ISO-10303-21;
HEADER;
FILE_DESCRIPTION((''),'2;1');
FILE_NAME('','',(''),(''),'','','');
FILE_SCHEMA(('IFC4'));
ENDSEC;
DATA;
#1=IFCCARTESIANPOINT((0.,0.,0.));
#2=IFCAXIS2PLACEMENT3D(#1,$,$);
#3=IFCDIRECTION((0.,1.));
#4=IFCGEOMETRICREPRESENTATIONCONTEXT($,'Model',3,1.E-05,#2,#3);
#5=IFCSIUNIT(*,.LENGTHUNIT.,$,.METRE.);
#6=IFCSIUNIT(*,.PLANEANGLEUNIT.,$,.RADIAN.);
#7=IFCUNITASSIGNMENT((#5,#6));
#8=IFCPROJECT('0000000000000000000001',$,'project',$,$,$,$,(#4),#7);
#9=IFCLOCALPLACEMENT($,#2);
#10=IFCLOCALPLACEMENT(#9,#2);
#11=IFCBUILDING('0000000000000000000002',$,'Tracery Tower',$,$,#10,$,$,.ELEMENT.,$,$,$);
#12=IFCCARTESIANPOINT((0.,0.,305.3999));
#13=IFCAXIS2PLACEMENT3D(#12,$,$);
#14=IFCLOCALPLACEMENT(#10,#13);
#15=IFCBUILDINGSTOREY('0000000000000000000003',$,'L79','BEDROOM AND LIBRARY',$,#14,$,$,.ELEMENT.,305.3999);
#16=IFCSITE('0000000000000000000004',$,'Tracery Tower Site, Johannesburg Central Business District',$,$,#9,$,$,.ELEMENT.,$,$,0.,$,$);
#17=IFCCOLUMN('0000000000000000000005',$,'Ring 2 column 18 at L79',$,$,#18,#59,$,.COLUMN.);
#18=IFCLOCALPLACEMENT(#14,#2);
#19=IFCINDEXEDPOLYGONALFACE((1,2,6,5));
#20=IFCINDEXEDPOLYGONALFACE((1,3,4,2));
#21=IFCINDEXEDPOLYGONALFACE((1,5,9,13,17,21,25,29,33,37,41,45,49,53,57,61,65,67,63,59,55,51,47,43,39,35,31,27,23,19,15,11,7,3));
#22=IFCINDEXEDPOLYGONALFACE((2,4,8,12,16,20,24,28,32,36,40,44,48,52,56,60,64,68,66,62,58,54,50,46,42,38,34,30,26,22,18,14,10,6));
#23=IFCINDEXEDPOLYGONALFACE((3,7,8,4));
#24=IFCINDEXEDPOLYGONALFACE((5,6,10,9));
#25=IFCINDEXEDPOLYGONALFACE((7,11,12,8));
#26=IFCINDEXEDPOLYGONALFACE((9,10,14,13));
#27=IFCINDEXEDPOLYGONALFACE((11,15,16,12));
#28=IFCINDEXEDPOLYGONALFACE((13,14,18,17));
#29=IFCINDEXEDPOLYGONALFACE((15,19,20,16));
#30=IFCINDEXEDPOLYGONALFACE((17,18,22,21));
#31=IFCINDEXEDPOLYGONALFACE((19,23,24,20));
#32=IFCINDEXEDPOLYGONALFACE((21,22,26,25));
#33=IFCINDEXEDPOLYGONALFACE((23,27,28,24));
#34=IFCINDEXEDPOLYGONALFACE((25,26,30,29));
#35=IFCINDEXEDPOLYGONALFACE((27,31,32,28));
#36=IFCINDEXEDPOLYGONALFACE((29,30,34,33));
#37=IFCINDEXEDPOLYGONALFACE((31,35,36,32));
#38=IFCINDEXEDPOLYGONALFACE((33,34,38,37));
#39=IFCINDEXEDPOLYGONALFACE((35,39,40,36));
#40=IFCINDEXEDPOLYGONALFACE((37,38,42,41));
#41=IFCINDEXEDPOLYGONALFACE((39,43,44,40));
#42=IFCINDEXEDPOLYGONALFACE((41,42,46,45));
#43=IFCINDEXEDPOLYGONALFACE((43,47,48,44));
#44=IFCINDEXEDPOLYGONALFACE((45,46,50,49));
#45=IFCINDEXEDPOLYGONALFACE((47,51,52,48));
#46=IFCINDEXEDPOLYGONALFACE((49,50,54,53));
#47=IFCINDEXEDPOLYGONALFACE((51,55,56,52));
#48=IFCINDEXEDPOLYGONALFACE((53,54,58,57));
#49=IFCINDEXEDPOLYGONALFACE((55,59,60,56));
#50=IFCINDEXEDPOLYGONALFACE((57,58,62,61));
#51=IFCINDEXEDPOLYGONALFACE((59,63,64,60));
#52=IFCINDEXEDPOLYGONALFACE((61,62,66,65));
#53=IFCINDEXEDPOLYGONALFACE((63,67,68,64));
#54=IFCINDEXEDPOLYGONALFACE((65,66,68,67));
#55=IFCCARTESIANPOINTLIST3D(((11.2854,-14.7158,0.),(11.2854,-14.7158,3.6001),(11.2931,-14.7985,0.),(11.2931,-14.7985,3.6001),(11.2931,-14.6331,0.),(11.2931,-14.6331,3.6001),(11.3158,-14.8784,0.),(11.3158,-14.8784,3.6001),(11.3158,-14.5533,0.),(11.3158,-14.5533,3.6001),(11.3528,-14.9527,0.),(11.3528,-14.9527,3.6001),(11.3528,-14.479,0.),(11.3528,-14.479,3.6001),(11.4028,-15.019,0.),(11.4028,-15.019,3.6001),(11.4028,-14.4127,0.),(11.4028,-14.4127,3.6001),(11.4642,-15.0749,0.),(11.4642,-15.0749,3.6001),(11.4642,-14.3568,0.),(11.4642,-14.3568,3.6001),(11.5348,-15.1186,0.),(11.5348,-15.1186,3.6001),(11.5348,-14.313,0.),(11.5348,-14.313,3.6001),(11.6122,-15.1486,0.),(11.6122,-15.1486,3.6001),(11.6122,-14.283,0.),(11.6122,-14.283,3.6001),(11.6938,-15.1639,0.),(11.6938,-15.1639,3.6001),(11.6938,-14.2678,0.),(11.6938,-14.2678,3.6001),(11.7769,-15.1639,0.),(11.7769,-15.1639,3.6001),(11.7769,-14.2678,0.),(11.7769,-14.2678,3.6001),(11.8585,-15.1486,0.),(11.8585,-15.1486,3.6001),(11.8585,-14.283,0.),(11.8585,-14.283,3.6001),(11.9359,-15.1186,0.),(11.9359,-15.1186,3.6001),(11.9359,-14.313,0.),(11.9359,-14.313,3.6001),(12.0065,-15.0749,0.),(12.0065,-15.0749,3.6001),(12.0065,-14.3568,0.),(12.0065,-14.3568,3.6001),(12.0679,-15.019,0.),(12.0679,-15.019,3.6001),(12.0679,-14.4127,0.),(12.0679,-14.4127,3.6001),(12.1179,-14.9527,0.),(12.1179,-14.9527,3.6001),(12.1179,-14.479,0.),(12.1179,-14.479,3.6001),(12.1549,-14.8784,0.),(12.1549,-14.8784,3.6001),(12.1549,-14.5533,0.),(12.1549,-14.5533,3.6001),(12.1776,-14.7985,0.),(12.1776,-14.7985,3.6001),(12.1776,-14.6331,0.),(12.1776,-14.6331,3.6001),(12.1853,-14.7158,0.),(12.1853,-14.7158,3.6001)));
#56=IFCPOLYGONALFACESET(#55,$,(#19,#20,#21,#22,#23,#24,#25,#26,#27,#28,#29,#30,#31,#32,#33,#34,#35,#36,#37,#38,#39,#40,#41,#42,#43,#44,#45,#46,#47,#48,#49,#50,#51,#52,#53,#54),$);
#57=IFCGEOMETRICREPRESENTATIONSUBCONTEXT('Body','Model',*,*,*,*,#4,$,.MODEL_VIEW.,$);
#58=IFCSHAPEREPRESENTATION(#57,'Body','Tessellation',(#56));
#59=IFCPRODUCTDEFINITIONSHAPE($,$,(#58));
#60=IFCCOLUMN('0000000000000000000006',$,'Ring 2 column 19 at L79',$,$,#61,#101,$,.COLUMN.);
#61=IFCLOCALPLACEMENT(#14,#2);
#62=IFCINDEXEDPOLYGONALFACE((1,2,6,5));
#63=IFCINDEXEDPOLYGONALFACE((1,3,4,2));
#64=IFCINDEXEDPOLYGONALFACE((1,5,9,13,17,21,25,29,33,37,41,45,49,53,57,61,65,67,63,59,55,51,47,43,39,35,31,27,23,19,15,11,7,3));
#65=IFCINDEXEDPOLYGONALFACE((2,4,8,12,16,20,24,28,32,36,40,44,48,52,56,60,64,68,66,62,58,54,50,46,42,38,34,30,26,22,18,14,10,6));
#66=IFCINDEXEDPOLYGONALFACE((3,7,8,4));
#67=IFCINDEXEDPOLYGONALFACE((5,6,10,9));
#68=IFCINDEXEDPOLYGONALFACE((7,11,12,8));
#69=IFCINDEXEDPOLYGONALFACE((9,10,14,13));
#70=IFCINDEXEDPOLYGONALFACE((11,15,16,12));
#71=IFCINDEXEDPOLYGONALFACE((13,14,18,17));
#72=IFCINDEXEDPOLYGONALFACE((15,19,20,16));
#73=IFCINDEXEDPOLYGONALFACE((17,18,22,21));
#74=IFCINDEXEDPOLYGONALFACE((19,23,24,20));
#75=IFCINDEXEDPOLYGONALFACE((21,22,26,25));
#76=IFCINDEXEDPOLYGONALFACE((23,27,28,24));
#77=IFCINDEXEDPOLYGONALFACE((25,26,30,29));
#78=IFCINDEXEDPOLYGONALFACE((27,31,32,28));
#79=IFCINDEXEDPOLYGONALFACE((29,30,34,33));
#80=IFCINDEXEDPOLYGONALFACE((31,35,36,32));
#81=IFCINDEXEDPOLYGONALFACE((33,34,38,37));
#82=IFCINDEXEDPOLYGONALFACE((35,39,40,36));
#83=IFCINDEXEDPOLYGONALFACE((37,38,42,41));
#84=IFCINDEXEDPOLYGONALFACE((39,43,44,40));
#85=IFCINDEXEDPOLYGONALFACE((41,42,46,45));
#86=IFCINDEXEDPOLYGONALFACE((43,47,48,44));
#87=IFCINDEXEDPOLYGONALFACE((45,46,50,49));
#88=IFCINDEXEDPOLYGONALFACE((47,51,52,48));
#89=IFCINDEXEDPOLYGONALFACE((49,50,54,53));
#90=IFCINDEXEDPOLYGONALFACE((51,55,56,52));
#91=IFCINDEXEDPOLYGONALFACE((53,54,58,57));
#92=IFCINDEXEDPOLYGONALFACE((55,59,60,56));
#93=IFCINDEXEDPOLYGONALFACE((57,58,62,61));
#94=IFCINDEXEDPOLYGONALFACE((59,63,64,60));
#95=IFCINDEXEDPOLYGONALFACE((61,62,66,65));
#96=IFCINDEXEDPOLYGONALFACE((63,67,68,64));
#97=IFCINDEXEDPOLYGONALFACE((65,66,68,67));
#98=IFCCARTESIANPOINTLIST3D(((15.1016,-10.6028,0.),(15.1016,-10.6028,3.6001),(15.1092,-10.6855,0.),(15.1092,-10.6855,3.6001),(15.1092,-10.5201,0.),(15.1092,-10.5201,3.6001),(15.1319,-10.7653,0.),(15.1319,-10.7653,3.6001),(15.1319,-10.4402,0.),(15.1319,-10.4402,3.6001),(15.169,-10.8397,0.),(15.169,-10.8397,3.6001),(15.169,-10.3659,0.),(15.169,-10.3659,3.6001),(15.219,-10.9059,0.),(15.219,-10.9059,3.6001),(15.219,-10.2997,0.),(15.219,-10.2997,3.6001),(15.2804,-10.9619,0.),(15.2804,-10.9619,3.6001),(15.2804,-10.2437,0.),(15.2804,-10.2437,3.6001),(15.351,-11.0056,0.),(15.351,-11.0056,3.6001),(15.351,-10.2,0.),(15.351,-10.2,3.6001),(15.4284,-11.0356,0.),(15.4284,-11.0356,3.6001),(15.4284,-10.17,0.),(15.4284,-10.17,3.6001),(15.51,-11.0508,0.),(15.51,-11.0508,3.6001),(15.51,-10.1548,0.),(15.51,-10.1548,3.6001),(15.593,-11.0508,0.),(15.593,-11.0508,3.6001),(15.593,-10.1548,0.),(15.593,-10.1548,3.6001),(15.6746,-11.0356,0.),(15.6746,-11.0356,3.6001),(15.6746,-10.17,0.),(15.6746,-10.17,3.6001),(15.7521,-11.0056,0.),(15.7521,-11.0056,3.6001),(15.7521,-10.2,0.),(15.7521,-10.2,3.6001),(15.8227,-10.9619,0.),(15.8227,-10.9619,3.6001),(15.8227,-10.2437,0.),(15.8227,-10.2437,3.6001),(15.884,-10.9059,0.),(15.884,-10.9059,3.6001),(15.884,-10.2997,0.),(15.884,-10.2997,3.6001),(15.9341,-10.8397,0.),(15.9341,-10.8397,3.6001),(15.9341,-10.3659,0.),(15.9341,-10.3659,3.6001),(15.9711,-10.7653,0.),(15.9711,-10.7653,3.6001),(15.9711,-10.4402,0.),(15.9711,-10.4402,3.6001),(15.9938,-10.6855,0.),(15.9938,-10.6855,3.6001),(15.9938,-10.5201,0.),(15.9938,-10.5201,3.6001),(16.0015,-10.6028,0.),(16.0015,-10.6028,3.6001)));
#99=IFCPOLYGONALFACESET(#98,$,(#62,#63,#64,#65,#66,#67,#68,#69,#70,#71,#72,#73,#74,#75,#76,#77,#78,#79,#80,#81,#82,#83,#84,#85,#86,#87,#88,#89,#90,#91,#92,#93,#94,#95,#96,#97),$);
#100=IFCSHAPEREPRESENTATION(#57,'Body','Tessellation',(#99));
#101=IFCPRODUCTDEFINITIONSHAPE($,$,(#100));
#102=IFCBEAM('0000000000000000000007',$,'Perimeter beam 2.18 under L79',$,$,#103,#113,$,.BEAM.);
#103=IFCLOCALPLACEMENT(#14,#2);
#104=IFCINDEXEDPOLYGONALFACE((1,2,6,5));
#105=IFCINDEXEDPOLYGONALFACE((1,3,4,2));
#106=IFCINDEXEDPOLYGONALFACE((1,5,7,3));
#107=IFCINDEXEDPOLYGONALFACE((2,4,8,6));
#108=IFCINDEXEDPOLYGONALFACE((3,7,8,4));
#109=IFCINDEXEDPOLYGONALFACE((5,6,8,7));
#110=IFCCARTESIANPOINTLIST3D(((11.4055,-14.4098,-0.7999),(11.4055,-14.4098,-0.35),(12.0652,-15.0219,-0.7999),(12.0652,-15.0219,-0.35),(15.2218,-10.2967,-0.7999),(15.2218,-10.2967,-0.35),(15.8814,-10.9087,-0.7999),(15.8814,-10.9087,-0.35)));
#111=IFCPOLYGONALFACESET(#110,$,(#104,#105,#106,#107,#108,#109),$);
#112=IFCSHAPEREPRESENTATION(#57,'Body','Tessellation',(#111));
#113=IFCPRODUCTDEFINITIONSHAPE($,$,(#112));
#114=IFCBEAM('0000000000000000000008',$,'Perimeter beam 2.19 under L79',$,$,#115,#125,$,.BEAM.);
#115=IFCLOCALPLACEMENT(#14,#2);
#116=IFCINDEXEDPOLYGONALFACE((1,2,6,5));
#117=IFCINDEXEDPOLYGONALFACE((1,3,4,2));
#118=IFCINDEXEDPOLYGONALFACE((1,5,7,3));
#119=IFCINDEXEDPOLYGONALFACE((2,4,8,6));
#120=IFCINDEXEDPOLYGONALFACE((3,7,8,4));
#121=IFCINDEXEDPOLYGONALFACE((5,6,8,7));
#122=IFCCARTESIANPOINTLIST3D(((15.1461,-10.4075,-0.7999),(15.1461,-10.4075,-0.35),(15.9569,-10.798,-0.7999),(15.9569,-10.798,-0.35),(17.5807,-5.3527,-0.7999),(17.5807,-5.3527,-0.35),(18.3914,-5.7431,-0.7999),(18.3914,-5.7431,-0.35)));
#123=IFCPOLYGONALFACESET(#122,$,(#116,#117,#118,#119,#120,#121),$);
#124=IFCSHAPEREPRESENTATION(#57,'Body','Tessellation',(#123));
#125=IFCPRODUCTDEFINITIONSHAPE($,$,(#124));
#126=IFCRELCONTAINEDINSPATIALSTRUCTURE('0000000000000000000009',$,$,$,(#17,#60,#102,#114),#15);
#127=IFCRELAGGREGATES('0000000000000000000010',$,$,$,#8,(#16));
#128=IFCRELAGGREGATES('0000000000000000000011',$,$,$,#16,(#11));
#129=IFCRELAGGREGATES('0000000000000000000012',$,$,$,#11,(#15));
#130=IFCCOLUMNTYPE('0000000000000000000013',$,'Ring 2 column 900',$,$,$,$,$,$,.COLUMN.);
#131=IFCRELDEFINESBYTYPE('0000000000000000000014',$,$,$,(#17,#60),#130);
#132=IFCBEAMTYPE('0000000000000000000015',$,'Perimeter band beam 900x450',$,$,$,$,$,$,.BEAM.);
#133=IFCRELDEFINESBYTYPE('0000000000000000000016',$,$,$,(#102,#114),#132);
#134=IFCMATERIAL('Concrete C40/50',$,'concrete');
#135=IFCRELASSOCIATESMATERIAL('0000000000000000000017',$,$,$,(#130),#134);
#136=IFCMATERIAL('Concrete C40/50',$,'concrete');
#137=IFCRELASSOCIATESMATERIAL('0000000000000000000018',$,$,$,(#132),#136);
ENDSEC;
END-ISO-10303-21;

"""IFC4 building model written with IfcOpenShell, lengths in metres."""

from ifc_helpers import new_model, si_unit, direction, frame, origin, origin_2d, place, context, subcontext, project, spatial, rectangle, circle, extrude, material, material_profile, profile_set, type_object, element, save


model = new_model("IFC4")

# Units and contexts
model_context = context("Model", 3, precision=1e-05, world=origin(), true_north=direction((0.0, 1.0)))
body_context = subcontext(model_context, "Body", "Model", "MODEL_VIEW")
ifc_project = project(units=[si_unit("LENGTHUNIT", "METRE"), si_unit("PLANEANGLEUNIT", "RADIAN")], contexts=[model_context])

# Site, building, storey
site_placement = place(None, origin())
site = spatial("IfcSite", under=ifc_project, at=site_placement, Name="Tracery Tower Site, Johannesburg Central Business District", CompositionType="ELEMENT", RefElevation=0.0)
building_placement = place(site_placement, origin())
building = spatial("IfcBuilding", under=site, at=building_placement, Name="Tracery Tower", CompositionType="ELEMENT")
storey_placement = place(building_placement, frame((0.0, 0.0, 305.3999)))
storey = spatial("IfcBuildingStorey", under=building, at=storey_placement, Name="L79", Description="BEDROOM AND LIBRARY", CompositionType="ELEMENT", Elevation=305.3999)

# Columns
ifc_material_1 = material(Name="Concrete C40/50", Category="concrete")
ifc_material_profile_1 = material_profile(ifc_material_1, circle(Radius=0.45, at=origin_2d()), Name="RC D900")
ifc_profile_set_1 = profile_set([ifc_material_profile_1], Name="Concrete C40/50")
column_type = type_object("IfcColumnType", Name="Ring 2 column 900", PredefinedType="COLUMN", material=ifc_profile_set_1)
for number, where, z_axis, x_axis, name in (
    (1, (11.7354, -14.7158, 0.0), (0.0, 0.0, 1.0), (1.0, 0.0, 0.0), "Ring 2 column 18 at L79"),
    (2, (15.5515, -10.6028, 0.0), (0.0, 0.0, 1.0), (1.0, 0.0, 0.0), "Ring 2 column 19 at L79"),
):
    element("IfcColumn", number, at=place(storey_placement, frame(where, z_axis=z_axis, x_axis=x_axis)), inside=storey, type_object=column_type, Name=name, PredefinedType="COLUMN", context=body_context, shape_type="SweptSolid", body=[
        extrude(circle(Radius=0.45, at=origin_2d()), origin(), (0.0, 0.0, 1.0), 3.6001),
    ])

# Beams
ifc_material_2 = material(Name="Concrete C40/50", Category="concrete")
ifc_material_profile_2 = material_profile(ifc_material_2, rectangle(XDim=0.8999, YDim=0.45, at=origin_2d()), Name="RC 900x450")
ifc_profile_set_2 = profile_set([ifc_material_profile_2], Name="Concrete C40/50")
beam_type = type_object("IfcBeamType", Name="Perimeter band beam 900x450", PredefinedType="BEAM", material=ifc_profile_set_2)
beam_1_placement = place(storey_placement, frame((11.7354, -14.7158, -0.575), z_axis=(0.680156, 0.733068, 0.0), x_axis=(-0.733068, 0.680156, 0.0)))
element("IfcBeam", 3, at=beam_1_placement, inside=storey, type_object=beam_type, Name="Perimeter beam 2.18 under L79", PredefinedType="BEAM", context=body_context, shape_type="SweptSolid", body=[
    extrude(rectangle(XDim=0.8999, YDim=0.45, at=origin_2d()), origin(), (0.0, 0.0, 1.0), 5.6108),
])
beam_2_placement = place(storey_placement, frame((15.5515, -10.6028, -0.575), z_axis=(0.433919, 0.900952, 0.0), x_axis=(-0.900952, 0.433919, 0.0)))
element("IfcBeam", 4, at=beam_2_placement, inside=storey, type_object=beam_type, Name="Perimeter beam 2.19 under L79", PredefinedType="BEAM", context=body_context, shape_type="SweptSolid", body=[
    extrude(rectangle(XDim=0.8999, YDim=0.45, at=origin_2d()), origin(), (0.0, 0.0, 1.0), 5.6106),
])

save(model, "model.ifc")
